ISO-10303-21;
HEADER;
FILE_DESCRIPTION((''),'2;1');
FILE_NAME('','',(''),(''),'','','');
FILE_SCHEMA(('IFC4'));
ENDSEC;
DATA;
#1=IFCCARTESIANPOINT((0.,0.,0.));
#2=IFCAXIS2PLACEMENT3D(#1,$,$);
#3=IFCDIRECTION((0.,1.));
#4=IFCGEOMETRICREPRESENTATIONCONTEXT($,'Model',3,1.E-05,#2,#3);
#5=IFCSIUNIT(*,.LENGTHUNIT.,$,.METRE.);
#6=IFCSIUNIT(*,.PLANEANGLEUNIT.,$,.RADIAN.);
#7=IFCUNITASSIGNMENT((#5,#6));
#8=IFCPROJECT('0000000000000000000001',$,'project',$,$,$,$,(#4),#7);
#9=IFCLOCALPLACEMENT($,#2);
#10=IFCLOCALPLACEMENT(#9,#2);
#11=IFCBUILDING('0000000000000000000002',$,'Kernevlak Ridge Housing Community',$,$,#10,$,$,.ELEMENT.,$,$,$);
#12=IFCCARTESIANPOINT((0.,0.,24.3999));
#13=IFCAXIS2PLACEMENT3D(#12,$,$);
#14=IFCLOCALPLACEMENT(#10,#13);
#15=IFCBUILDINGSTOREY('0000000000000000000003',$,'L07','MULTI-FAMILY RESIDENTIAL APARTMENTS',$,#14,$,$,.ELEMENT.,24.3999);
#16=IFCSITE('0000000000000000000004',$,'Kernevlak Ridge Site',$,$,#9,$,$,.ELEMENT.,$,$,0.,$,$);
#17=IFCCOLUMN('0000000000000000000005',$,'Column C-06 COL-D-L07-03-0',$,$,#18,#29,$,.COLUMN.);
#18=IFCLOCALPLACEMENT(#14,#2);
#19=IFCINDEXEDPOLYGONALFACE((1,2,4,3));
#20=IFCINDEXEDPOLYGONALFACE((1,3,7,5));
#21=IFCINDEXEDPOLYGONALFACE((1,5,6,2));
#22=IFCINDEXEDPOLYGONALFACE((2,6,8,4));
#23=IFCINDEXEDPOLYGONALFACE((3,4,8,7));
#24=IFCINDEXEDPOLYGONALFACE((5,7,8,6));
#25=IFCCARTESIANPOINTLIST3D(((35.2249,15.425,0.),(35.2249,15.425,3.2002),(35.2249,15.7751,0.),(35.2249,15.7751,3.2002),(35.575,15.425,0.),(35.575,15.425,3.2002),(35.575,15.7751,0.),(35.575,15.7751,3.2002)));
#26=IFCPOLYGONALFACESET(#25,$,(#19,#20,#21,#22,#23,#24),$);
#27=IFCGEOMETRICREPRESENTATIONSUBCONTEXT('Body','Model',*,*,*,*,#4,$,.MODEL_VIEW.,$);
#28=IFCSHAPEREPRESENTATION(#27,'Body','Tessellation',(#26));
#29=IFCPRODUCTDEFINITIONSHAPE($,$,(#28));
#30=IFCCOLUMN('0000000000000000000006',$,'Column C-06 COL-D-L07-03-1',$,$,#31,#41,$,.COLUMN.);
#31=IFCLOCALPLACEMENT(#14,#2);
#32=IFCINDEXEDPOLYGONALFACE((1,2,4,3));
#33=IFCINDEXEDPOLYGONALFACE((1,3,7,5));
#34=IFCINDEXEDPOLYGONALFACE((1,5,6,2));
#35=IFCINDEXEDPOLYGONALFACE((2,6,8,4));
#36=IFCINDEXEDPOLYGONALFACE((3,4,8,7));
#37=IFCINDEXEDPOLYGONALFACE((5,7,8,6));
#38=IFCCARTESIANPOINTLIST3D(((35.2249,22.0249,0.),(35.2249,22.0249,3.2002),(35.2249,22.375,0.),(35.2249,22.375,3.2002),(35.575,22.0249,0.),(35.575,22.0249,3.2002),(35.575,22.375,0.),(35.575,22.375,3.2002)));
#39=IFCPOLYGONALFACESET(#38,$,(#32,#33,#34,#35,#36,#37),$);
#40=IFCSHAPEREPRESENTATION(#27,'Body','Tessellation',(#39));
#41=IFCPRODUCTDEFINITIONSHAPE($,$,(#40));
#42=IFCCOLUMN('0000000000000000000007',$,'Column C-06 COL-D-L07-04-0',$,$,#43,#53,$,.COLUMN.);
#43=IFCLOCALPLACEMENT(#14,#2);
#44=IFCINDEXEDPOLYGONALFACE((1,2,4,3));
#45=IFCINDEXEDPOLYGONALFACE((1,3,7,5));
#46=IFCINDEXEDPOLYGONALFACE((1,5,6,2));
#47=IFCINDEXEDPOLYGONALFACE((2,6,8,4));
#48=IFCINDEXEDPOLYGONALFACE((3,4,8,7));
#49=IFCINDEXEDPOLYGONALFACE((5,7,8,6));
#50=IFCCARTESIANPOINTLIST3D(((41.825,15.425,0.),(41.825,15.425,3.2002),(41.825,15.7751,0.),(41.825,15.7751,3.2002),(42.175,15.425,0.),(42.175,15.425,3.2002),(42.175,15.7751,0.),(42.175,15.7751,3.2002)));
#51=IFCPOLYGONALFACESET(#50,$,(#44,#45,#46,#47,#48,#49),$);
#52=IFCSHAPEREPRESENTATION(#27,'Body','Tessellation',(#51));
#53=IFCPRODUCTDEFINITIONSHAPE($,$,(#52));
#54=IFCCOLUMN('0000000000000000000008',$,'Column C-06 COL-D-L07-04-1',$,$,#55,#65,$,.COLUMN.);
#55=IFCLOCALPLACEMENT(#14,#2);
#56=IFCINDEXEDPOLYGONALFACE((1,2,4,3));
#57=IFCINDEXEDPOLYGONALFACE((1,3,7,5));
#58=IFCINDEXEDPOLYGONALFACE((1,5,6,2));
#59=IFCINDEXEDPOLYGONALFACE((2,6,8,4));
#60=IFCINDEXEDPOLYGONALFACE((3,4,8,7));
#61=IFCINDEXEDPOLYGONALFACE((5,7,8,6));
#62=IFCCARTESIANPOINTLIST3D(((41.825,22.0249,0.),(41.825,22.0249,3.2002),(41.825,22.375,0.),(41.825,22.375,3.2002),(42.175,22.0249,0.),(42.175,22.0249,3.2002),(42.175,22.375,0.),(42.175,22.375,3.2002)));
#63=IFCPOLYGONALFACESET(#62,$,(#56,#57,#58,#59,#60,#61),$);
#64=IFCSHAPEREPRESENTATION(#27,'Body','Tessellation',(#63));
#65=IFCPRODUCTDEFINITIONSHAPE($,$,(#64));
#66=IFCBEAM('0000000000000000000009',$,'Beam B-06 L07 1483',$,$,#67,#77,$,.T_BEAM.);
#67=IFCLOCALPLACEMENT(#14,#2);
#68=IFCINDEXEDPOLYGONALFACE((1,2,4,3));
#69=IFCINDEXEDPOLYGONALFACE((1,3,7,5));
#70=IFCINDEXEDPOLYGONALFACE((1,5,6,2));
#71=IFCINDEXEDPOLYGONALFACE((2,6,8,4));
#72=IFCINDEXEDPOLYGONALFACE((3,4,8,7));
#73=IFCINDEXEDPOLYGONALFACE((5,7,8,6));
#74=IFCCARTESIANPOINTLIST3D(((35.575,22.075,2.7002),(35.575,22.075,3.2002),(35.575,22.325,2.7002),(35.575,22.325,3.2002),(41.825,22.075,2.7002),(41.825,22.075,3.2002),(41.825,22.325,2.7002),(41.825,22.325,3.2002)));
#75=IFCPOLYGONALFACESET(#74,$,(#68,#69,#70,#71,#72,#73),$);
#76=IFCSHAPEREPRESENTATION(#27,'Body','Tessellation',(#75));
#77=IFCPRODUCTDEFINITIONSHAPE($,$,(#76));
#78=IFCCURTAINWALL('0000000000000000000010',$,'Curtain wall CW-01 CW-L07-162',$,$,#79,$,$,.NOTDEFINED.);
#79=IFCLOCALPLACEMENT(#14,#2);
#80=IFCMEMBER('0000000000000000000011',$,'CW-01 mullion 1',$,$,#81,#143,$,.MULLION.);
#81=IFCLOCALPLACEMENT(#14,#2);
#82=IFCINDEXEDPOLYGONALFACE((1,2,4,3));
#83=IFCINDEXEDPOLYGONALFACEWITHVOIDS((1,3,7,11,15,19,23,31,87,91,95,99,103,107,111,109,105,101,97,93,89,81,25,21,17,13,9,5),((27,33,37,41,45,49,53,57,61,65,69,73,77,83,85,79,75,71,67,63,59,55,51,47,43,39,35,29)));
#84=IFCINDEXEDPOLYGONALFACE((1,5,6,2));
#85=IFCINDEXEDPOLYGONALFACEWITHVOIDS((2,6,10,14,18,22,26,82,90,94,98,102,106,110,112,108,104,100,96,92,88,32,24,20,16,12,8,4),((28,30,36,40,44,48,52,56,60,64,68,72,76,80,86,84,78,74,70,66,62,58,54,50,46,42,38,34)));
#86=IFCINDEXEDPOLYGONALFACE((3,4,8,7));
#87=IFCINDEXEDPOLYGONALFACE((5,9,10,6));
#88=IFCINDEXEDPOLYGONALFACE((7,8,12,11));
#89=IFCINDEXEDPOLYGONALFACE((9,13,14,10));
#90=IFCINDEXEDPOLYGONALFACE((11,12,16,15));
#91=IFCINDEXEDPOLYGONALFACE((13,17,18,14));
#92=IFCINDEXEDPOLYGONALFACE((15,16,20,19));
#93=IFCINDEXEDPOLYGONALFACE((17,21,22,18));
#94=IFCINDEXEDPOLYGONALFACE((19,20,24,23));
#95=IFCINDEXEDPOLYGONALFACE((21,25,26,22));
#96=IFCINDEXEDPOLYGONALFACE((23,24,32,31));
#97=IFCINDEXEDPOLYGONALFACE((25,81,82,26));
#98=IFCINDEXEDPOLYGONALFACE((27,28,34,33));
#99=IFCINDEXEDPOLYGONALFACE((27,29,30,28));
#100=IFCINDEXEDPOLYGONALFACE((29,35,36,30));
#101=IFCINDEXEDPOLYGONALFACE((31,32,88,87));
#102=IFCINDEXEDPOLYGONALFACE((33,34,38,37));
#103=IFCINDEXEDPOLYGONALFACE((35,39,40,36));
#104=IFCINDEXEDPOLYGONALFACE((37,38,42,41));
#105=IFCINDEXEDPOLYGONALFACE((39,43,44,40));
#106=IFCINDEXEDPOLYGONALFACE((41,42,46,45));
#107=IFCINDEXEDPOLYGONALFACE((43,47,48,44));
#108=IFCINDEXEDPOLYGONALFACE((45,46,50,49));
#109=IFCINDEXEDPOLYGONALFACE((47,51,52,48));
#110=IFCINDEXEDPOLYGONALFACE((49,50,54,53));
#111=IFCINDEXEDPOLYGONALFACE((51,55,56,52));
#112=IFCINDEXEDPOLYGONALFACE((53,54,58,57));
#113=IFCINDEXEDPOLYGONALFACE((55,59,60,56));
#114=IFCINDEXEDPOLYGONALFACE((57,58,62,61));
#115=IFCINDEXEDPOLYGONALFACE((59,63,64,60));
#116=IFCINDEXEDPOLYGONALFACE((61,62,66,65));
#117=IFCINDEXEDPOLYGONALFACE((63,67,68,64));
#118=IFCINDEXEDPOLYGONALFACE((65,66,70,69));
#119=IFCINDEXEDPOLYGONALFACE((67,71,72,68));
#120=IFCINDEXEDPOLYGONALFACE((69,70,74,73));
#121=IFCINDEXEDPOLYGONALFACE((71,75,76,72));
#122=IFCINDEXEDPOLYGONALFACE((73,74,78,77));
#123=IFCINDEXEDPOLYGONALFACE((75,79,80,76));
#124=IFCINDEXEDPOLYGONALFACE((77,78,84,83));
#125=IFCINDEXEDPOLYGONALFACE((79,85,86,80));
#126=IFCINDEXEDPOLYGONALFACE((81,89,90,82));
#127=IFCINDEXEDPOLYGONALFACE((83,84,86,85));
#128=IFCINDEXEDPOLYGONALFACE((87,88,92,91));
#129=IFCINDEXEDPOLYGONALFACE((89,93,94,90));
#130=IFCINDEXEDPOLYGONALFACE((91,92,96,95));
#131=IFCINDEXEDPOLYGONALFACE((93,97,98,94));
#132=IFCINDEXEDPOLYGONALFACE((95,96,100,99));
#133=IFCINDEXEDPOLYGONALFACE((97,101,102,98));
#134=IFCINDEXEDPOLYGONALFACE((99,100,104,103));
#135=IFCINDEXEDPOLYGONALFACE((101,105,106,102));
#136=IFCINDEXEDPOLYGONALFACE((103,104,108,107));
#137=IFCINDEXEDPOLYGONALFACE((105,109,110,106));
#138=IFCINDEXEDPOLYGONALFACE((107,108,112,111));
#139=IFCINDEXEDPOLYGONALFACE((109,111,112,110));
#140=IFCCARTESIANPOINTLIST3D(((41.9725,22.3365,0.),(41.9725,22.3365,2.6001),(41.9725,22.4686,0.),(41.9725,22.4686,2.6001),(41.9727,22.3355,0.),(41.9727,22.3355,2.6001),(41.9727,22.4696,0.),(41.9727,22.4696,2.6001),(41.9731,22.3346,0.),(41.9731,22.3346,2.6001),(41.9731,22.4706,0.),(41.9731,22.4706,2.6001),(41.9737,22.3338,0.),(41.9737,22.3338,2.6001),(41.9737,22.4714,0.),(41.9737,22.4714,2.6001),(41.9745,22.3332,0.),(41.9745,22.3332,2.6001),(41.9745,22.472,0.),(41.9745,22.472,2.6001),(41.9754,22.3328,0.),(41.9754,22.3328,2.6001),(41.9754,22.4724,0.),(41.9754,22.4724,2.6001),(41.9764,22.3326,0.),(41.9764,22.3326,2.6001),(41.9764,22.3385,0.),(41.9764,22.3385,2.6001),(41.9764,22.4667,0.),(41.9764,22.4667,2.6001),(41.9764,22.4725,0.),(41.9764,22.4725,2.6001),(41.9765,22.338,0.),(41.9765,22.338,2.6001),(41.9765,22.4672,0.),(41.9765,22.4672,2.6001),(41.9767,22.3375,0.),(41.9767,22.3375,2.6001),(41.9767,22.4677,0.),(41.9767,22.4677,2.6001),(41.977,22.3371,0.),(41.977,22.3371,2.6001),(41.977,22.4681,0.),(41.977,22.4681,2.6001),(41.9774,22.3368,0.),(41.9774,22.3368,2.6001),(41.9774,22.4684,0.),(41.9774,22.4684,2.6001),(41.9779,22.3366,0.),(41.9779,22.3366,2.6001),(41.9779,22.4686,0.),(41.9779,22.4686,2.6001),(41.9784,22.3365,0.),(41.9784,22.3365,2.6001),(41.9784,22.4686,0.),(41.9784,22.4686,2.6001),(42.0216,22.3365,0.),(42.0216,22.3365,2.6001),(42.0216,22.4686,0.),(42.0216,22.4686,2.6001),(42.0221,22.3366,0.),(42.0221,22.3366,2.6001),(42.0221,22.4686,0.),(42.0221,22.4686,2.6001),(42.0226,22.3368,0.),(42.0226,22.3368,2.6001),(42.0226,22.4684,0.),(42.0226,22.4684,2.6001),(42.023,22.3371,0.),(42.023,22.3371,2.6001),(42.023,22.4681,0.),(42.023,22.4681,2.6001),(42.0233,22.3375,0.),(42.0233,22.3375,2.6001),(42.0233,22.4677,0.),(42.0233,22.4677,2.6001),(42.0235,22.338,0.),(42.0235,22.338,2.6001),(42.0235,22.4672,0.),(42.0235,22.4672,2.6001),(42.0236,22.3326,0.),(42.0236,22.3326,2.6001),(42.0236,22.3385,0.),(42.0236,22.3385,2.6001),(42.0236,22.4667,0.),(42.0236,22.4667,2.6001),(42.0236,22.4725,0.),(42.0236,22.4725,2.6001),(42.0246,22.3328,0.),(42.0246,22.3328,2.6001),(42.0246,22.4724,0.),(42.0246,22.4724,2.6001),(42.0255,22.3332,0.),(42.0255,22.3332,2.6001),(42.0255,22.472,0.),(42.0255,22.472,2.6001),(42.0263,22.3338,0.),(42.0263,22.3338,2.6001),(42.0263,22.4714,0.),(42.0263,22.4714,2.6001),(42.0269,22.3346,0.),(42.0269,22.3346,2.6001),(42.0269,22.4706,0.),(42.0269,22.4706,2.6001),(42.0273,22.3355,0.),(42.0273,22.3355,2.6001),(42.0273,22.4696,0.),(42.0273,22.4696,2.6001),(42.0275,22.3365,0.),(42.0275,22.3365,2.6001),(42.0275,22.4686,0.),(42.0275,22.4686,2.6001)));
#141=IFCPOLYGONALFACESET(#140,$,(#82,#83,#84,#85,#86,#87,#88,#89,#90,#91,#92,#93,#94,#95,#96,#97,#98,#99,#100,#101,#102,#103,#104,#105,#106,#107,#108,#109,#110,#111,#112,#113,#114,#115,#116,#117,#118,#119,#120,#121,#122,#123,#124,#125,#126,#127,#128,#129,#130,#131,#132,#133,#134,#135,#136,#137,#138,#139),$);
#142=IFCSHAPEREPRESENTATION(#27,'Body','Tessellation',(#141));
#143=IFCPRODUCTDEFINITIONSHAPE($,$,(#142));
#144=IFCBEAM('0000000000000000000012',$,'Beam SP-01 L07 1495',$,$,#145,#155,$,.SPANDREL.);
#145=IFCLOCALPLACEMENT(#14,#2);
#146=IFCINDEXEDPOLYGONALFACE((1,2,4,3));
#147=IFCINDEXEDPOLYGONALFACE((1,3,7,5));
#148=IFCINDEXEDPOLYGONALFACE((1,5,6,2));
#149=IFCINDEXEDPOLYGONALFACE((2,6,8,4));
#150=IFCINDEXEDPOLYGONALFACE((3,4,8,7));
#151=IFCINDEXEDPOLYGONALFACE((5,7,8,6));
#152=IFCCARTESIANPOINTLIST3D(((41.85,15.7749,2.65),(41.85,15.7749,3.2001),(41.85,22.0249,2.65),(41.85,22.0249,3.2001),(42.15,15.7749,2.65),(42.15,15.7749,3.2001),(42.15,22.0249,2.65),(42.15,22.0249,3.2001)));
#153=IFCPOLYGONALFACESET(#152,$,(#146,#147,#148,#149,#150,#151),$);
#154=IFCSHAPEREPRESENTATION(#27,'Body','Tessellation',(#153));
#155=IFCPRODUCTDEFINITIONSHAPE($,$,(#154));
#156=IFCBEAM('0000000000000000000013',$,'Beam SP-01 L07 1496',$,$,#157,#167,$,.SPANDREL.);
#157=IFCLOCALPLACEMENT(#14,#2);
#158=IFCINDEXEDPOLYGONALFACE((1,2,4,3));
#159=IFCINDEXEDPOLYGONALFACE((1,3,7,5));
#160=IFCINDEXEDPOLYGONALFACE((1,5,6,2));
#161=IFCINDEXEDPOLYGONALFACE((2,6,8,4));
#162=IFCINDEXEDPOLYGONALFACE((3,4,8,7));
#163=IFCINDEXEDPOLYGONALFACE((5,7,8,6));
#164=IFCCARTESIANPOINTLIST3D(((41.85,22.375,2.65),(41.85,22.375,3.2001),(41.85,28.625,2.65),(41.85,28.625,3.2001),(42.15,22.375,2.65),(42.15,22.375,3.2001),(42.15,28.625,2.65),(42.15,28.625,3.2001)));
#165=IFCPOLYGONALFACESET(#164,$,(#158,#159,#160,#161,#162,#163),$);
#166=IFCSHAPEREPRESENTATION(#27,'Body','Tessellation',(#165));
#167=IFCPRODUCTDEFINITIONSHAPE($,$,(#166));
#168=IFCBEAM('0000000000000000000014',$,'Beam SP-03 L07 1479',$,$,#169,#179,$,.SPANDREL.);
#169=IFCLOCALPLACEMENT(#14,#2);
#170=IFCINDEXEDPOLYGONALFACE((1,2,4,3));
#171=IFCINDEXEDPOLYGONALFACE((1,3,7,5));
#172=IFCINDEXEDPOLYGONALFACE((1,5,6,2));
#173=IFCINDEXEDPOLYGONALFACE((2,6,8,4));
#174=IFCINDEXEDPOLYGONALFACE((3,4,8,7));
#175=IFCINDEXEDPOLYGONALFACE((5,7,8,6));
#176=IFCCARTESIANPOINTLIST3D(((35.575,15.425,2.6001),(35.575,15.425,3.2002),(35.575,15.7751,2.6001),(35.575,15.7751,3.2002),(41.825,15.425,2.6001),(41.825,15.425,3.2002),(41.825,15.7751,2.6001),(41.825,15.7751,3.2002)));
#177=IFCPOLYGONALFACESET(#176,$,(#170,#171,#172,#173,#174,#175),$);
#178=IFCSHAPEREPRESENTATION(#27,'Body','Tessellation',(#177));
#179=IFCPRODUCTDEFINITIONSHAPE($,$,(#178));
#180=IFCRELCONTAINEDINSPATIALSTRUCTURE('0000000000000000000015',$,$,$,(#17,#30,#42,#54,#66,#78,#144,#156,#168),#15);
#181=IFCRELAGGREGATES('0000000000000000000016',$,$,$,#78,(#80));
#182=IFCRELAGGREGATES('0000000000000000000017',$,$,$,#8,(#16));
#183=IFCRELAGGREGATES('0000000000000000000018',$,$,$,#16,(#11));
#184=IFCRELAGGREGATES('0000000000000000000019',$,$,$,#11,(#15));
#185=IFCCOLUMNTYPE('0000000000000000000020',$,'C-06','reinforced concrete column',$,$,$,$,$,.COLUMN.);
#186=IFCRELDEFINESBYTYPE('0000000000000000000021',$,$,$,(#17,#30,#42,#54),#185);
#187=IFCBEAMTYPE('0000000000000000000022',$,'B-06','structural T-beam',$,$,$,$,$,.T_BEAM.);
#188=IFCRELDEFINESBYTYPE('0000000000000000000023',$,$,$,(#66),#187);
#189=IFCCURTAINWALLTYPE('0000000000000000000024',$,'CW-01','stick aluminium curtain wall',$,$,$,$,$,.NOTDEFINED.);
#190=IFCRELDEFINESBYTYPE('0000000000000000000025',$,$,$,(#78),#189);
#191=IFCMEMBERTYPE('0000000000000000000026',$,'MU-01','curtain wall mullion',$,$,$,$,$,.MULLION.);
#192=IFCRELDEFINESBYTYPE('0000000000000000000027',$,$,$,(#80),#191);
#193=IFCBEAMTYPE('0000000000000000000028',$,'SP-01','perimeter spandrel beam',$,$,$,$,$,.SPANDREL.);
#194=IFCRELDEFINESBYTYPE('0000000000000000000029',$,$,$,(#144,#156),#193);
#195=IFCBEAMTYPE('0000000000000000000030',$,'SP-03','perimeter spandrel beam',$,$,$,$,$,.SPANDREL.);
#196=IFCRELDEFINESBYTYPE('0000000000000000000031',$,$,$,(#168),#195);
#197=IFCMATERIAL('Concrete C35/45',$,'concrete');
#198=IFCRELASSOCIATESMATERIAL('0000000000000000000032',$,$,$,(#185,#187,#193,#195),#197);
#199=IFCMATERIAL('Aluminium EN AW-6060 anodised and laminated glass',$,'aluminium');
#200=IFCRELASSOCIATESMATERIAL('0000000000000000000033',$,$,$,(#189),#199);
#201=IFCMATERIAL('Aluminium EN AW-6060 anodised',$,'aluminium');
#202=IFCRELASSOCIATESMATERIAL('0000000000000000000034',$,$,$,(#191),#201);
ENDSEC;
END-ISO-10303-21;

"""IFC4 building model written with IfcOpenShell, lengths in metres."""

from ifc_helpers import new_model, si_unit, direction, frame, origin, origin_2d, place, context, subcontext, project, spatial, rectangle, hollow_rectangle, extrude, material, material_profile, profile_set, type_object, element, aggregate, save


model = new_model("IFC4")

# Units and contexts
model_context = context("Model", 3, precision=1e-05, world=origin(), true_north=direction((0.0, 1.0)))
body_context = subcontext(model_context, "Body", "Model", "MODEL_VIEW")
ifc_project = project(units=[si_unit("LENGTHUNIT", "METRE"), si_unit("PLANEANGLEUNIT", "RADIAN")], contexts=[model_context])

# Site, building, storey
site_placement = place(None, origin())
site = spatial("IfcSite", under=ifc_project, at=site_placement, Name="Kernevlak Ridge Site", CompositionType="ELEMENT", RefElevation=0.0)
building_placement = place(site_placement, origin())
building = spatial("IfcBuilding", under=site, at=building_placement, Name="Kernevlak Ridge Housing Community", CompositionType="ELEMENT")
storey_placement = place(building_placement, frame((0.0, 0.0, 24.3999)))
storey = spatial("IfcBuildingStorey", under=building, at=storey_placement, Name="L07", Description="MULTI-FAMILY RESIDENTIAL APARTMENTS", CompositionType="ELEMENT", Elevation=24.3999)

# Columns
ifc_material_1 = material(Name="Concrete C35/45", Category="concrete")
ifc_material_profile_1 = material_profile(ifc_material_1, rectangle(XDim=0.3501, YDim=0.3501, at=origin_2d()), Name="RC 350x350")
ifc_profile_set_1 = profile_set([ifc_material_profile_1], Name="Concrete C35/45")
column_type = type_object("IfcColumnType", Name="C-06", Description="reinforced concrete column", PredefinedType="COLUMN", material=ifc_profile_set_1)
for number, where, z_axis, x_axis, name in (
    (1, (35.3999, 15.6001, 0.0), (0.0, 0.0, 1.0), (1.0, 0.0, 0.0), "Column C-06 COL-D-L07-03-0"),
    (2, (35.3999, 22.2, 0.0), (0.0, 0.0, 1.0), (1.0, 0.0, 0.0), "Column C-06 COL-D-L07-03-1"),
    (3, (42.0, 15.6001, 0.0), (0.0, 0.0, 1.0), (1.0, 0.0, 0.0), "Column C-06 COL-D-L07-04-0"),
    (4, (42.0, 22.2, 0.0), (0.0, 0.0, 1.0), (1.0, 0.0, 0.0), "Column C-06 COL-D-L07-04-1"),
):
    element("IfcColumn", number, at=place(storey_placement, frame(where, z_axis=z_axis, x_axis=x_axis)), inside=storey, type_object=column_type, Name=name, PredefinedType="COLUMN", context=body_context, shape_type="SweptSolid", body=[
        extrude(rectangle(XDim=0.3501, YDim=0.3501, at=origin_2d()), origin(), (0.0, 0.0, 1.0), 3.2002),
    ])

# Beam
ifc_material_profile_2 = material_profile(ifc_material_1, rectangle(XDim=0.25, YDim=0.5, at=origin_2d()), Name="RC 250x500")
ifc_profile_set_2 = profile_set([ifc_material_profile_2], Name="Concrete C35/45")
beam_type_1 = type_object("IfcBeamType", Name="B-06", Description="structural T-beam", PredefinedType="T_BEAM", material=ifc_profile_set_2)
beam_1_placement = place(storey_placement, frame((35.575, 22.2, 2.9502), z_axis=(1.0, 0.0, 0.0), x_axis=(0.0, 1.0, 0.0)))
element("IfcBeam", 5, at=beam_1_placement, inside=storey, type_object=beam_type_1, Name="Beam B-06 L07 1483", PredefinedType="T_BEAM", context=body_context, shape_type="SweptSolid", body=[
    extrude(rectangle(XDim=0.25, YDim=0.5, at=origin_2d()), origin(), (0.0, 0.0, 1.0), 6.25),
])

# Curtain wall, member
ifc_material_2 = material(Name="Aluminium EN AW-6060 anodised and laminated glass", Category="aluminium")
curtain_wall_type = type_object("IfcCurtainWallType", Name="CW-01", Description="stick aluminium curtain wall", PredefinedType="NOTDEFINED", material=ifc_material_2)
curtain_wall_placement = place(storey_placement, origin())
curtain_wall = element("IfcCurtainWall", 6, at=curtain_wall_placement, inside=storey, type_object=curtain_wall_type, Name="Curtain wall CW-01 CW-L07-162", PredefinedType="NOTDEFINED")
ifc_material_3 = material(Name="Aluminium EN AW-6060 anodised", Category="aluminium")
ifc_material_profile_3 = material_profile(ifc_material_3, hollow_rectangle(XDim=0.0549, YDim=0.1399, WallThickness=0.0039, InnerFilletRadius=0.002, OuterFilletRadius=0.0039, at=origin_2d()), Name="ALU 55x140x4")
ifc_profile_set_3 = profile_set([ifc_material_profile_3], Name="Aluminium EN AW-6060 anodised")
member_type_1 = type_object("IfcMemberType", Name="MU-01", Description="curtain wall mullion", PredefinedType="MULLION", material=ifc_profile_set_3)
member_1_placement = place(storey_placement, frame((42.0, 22.4026, 0.0), z_axis=(0.0, 0.0, 1.0), x_axis=(-1.0, 0.0, 0.0)))
member_1 = element("IfcMember", 7, at=member_1_placement, type_object=member_type_1, Name="CW-01 mullion 1", PredefinedType="MULLION", context=body_context, shape_type="SweptSolid", body=[
    extrude(hollow_rectangle(XDim=0.0549, YDim=0.1399, WallThickness=0.0039, InnerFilletRadius=0.002, OuterFilletRadius=0.0039, at=origin_2d()), origin(), (0.0, 0.0, 1.0), 2.6001),
])

# Beams
ifc_material_profile_4 = material_profile(ifc_material_1, rectangle(XDim=0.3, YDim=0.55, at=origin_2d()), Name="RC 300x550")
ifc_profile_set_4 = profile_set([ifc_material_profile_4], Name="Concrete C35/45")
beam_type_2 = type_object("IfcBeamType", Name="SP-01", Description="perimeter spandrel beam", PredefinedType="SPANDREL", material=ifc_profile_set_4)
for number, where, z_axis, x_axis, name in (
    (8, (42.0, 15.7749, 2.925), (0.0, 1.0, 0.0), (-1.0, 0.0, 0.0), "Beam SP-01 L07 1495"),
    (9, (42.0, 22.375, 2.925), (0.0, 1.0, 0.0), (-1.0, 0.0, 0.0), "Beam SP-01 L07 1496"),
):
    element("IfcBeam", number, at=place(storey_placement, frame(where, z_axis=z_axis, x_axis=x_axis)), inside=storey, type_object=beam_type_2, Name=name, PredefinedType="SPANDREL", context=body_context, shape_type="SweptSolid", body=[
        extrude(rectangle(XDim=0.3, YDim=0.55, at=origin_2d()), origin(), (0.0, 0.0, 1.0), 6.25),
    ])
ifc_material_profile_5 = material_profile(ifc_material_1, rectangle(XDim=0.3501, YDim=0.6001, at=origin_2d()), Name="RC 350x600")
ifc_profile_set_5 = profile_set([ifc_material_profile_5], Name="Concrete C35/45")
beam_type_3 = type_object("IfcBeamType", Name="SP-03", Description="perimeter spandrel beam", PredefinedType="SPANDREL", material=ifc_profile_set_5)
beam_2_placement = place(storey_placement, frame((35.575, 15.6001, 2.9001), z_axis=(1.0, 0.0, 0.0), x_axis=(0.0, 1.0, 0.0)))
element("IfcBeam", 10, at=beam_2_placement, inside=storey, type_object=beam_type_3, Name="Beam SP-03 L07 1479", PredefinedType="SPANDREL", context=body_context, shape_type="SweptSolid", body=[
    extrude(rectangle(XDim=0.3501, YDim=0.6001, at=origin_2d()), origin(), (0.0, 0.0, 1.0), 6.25),
])

aggregate(curtain_wall, [member_1])

save(model, "model.ifc")
